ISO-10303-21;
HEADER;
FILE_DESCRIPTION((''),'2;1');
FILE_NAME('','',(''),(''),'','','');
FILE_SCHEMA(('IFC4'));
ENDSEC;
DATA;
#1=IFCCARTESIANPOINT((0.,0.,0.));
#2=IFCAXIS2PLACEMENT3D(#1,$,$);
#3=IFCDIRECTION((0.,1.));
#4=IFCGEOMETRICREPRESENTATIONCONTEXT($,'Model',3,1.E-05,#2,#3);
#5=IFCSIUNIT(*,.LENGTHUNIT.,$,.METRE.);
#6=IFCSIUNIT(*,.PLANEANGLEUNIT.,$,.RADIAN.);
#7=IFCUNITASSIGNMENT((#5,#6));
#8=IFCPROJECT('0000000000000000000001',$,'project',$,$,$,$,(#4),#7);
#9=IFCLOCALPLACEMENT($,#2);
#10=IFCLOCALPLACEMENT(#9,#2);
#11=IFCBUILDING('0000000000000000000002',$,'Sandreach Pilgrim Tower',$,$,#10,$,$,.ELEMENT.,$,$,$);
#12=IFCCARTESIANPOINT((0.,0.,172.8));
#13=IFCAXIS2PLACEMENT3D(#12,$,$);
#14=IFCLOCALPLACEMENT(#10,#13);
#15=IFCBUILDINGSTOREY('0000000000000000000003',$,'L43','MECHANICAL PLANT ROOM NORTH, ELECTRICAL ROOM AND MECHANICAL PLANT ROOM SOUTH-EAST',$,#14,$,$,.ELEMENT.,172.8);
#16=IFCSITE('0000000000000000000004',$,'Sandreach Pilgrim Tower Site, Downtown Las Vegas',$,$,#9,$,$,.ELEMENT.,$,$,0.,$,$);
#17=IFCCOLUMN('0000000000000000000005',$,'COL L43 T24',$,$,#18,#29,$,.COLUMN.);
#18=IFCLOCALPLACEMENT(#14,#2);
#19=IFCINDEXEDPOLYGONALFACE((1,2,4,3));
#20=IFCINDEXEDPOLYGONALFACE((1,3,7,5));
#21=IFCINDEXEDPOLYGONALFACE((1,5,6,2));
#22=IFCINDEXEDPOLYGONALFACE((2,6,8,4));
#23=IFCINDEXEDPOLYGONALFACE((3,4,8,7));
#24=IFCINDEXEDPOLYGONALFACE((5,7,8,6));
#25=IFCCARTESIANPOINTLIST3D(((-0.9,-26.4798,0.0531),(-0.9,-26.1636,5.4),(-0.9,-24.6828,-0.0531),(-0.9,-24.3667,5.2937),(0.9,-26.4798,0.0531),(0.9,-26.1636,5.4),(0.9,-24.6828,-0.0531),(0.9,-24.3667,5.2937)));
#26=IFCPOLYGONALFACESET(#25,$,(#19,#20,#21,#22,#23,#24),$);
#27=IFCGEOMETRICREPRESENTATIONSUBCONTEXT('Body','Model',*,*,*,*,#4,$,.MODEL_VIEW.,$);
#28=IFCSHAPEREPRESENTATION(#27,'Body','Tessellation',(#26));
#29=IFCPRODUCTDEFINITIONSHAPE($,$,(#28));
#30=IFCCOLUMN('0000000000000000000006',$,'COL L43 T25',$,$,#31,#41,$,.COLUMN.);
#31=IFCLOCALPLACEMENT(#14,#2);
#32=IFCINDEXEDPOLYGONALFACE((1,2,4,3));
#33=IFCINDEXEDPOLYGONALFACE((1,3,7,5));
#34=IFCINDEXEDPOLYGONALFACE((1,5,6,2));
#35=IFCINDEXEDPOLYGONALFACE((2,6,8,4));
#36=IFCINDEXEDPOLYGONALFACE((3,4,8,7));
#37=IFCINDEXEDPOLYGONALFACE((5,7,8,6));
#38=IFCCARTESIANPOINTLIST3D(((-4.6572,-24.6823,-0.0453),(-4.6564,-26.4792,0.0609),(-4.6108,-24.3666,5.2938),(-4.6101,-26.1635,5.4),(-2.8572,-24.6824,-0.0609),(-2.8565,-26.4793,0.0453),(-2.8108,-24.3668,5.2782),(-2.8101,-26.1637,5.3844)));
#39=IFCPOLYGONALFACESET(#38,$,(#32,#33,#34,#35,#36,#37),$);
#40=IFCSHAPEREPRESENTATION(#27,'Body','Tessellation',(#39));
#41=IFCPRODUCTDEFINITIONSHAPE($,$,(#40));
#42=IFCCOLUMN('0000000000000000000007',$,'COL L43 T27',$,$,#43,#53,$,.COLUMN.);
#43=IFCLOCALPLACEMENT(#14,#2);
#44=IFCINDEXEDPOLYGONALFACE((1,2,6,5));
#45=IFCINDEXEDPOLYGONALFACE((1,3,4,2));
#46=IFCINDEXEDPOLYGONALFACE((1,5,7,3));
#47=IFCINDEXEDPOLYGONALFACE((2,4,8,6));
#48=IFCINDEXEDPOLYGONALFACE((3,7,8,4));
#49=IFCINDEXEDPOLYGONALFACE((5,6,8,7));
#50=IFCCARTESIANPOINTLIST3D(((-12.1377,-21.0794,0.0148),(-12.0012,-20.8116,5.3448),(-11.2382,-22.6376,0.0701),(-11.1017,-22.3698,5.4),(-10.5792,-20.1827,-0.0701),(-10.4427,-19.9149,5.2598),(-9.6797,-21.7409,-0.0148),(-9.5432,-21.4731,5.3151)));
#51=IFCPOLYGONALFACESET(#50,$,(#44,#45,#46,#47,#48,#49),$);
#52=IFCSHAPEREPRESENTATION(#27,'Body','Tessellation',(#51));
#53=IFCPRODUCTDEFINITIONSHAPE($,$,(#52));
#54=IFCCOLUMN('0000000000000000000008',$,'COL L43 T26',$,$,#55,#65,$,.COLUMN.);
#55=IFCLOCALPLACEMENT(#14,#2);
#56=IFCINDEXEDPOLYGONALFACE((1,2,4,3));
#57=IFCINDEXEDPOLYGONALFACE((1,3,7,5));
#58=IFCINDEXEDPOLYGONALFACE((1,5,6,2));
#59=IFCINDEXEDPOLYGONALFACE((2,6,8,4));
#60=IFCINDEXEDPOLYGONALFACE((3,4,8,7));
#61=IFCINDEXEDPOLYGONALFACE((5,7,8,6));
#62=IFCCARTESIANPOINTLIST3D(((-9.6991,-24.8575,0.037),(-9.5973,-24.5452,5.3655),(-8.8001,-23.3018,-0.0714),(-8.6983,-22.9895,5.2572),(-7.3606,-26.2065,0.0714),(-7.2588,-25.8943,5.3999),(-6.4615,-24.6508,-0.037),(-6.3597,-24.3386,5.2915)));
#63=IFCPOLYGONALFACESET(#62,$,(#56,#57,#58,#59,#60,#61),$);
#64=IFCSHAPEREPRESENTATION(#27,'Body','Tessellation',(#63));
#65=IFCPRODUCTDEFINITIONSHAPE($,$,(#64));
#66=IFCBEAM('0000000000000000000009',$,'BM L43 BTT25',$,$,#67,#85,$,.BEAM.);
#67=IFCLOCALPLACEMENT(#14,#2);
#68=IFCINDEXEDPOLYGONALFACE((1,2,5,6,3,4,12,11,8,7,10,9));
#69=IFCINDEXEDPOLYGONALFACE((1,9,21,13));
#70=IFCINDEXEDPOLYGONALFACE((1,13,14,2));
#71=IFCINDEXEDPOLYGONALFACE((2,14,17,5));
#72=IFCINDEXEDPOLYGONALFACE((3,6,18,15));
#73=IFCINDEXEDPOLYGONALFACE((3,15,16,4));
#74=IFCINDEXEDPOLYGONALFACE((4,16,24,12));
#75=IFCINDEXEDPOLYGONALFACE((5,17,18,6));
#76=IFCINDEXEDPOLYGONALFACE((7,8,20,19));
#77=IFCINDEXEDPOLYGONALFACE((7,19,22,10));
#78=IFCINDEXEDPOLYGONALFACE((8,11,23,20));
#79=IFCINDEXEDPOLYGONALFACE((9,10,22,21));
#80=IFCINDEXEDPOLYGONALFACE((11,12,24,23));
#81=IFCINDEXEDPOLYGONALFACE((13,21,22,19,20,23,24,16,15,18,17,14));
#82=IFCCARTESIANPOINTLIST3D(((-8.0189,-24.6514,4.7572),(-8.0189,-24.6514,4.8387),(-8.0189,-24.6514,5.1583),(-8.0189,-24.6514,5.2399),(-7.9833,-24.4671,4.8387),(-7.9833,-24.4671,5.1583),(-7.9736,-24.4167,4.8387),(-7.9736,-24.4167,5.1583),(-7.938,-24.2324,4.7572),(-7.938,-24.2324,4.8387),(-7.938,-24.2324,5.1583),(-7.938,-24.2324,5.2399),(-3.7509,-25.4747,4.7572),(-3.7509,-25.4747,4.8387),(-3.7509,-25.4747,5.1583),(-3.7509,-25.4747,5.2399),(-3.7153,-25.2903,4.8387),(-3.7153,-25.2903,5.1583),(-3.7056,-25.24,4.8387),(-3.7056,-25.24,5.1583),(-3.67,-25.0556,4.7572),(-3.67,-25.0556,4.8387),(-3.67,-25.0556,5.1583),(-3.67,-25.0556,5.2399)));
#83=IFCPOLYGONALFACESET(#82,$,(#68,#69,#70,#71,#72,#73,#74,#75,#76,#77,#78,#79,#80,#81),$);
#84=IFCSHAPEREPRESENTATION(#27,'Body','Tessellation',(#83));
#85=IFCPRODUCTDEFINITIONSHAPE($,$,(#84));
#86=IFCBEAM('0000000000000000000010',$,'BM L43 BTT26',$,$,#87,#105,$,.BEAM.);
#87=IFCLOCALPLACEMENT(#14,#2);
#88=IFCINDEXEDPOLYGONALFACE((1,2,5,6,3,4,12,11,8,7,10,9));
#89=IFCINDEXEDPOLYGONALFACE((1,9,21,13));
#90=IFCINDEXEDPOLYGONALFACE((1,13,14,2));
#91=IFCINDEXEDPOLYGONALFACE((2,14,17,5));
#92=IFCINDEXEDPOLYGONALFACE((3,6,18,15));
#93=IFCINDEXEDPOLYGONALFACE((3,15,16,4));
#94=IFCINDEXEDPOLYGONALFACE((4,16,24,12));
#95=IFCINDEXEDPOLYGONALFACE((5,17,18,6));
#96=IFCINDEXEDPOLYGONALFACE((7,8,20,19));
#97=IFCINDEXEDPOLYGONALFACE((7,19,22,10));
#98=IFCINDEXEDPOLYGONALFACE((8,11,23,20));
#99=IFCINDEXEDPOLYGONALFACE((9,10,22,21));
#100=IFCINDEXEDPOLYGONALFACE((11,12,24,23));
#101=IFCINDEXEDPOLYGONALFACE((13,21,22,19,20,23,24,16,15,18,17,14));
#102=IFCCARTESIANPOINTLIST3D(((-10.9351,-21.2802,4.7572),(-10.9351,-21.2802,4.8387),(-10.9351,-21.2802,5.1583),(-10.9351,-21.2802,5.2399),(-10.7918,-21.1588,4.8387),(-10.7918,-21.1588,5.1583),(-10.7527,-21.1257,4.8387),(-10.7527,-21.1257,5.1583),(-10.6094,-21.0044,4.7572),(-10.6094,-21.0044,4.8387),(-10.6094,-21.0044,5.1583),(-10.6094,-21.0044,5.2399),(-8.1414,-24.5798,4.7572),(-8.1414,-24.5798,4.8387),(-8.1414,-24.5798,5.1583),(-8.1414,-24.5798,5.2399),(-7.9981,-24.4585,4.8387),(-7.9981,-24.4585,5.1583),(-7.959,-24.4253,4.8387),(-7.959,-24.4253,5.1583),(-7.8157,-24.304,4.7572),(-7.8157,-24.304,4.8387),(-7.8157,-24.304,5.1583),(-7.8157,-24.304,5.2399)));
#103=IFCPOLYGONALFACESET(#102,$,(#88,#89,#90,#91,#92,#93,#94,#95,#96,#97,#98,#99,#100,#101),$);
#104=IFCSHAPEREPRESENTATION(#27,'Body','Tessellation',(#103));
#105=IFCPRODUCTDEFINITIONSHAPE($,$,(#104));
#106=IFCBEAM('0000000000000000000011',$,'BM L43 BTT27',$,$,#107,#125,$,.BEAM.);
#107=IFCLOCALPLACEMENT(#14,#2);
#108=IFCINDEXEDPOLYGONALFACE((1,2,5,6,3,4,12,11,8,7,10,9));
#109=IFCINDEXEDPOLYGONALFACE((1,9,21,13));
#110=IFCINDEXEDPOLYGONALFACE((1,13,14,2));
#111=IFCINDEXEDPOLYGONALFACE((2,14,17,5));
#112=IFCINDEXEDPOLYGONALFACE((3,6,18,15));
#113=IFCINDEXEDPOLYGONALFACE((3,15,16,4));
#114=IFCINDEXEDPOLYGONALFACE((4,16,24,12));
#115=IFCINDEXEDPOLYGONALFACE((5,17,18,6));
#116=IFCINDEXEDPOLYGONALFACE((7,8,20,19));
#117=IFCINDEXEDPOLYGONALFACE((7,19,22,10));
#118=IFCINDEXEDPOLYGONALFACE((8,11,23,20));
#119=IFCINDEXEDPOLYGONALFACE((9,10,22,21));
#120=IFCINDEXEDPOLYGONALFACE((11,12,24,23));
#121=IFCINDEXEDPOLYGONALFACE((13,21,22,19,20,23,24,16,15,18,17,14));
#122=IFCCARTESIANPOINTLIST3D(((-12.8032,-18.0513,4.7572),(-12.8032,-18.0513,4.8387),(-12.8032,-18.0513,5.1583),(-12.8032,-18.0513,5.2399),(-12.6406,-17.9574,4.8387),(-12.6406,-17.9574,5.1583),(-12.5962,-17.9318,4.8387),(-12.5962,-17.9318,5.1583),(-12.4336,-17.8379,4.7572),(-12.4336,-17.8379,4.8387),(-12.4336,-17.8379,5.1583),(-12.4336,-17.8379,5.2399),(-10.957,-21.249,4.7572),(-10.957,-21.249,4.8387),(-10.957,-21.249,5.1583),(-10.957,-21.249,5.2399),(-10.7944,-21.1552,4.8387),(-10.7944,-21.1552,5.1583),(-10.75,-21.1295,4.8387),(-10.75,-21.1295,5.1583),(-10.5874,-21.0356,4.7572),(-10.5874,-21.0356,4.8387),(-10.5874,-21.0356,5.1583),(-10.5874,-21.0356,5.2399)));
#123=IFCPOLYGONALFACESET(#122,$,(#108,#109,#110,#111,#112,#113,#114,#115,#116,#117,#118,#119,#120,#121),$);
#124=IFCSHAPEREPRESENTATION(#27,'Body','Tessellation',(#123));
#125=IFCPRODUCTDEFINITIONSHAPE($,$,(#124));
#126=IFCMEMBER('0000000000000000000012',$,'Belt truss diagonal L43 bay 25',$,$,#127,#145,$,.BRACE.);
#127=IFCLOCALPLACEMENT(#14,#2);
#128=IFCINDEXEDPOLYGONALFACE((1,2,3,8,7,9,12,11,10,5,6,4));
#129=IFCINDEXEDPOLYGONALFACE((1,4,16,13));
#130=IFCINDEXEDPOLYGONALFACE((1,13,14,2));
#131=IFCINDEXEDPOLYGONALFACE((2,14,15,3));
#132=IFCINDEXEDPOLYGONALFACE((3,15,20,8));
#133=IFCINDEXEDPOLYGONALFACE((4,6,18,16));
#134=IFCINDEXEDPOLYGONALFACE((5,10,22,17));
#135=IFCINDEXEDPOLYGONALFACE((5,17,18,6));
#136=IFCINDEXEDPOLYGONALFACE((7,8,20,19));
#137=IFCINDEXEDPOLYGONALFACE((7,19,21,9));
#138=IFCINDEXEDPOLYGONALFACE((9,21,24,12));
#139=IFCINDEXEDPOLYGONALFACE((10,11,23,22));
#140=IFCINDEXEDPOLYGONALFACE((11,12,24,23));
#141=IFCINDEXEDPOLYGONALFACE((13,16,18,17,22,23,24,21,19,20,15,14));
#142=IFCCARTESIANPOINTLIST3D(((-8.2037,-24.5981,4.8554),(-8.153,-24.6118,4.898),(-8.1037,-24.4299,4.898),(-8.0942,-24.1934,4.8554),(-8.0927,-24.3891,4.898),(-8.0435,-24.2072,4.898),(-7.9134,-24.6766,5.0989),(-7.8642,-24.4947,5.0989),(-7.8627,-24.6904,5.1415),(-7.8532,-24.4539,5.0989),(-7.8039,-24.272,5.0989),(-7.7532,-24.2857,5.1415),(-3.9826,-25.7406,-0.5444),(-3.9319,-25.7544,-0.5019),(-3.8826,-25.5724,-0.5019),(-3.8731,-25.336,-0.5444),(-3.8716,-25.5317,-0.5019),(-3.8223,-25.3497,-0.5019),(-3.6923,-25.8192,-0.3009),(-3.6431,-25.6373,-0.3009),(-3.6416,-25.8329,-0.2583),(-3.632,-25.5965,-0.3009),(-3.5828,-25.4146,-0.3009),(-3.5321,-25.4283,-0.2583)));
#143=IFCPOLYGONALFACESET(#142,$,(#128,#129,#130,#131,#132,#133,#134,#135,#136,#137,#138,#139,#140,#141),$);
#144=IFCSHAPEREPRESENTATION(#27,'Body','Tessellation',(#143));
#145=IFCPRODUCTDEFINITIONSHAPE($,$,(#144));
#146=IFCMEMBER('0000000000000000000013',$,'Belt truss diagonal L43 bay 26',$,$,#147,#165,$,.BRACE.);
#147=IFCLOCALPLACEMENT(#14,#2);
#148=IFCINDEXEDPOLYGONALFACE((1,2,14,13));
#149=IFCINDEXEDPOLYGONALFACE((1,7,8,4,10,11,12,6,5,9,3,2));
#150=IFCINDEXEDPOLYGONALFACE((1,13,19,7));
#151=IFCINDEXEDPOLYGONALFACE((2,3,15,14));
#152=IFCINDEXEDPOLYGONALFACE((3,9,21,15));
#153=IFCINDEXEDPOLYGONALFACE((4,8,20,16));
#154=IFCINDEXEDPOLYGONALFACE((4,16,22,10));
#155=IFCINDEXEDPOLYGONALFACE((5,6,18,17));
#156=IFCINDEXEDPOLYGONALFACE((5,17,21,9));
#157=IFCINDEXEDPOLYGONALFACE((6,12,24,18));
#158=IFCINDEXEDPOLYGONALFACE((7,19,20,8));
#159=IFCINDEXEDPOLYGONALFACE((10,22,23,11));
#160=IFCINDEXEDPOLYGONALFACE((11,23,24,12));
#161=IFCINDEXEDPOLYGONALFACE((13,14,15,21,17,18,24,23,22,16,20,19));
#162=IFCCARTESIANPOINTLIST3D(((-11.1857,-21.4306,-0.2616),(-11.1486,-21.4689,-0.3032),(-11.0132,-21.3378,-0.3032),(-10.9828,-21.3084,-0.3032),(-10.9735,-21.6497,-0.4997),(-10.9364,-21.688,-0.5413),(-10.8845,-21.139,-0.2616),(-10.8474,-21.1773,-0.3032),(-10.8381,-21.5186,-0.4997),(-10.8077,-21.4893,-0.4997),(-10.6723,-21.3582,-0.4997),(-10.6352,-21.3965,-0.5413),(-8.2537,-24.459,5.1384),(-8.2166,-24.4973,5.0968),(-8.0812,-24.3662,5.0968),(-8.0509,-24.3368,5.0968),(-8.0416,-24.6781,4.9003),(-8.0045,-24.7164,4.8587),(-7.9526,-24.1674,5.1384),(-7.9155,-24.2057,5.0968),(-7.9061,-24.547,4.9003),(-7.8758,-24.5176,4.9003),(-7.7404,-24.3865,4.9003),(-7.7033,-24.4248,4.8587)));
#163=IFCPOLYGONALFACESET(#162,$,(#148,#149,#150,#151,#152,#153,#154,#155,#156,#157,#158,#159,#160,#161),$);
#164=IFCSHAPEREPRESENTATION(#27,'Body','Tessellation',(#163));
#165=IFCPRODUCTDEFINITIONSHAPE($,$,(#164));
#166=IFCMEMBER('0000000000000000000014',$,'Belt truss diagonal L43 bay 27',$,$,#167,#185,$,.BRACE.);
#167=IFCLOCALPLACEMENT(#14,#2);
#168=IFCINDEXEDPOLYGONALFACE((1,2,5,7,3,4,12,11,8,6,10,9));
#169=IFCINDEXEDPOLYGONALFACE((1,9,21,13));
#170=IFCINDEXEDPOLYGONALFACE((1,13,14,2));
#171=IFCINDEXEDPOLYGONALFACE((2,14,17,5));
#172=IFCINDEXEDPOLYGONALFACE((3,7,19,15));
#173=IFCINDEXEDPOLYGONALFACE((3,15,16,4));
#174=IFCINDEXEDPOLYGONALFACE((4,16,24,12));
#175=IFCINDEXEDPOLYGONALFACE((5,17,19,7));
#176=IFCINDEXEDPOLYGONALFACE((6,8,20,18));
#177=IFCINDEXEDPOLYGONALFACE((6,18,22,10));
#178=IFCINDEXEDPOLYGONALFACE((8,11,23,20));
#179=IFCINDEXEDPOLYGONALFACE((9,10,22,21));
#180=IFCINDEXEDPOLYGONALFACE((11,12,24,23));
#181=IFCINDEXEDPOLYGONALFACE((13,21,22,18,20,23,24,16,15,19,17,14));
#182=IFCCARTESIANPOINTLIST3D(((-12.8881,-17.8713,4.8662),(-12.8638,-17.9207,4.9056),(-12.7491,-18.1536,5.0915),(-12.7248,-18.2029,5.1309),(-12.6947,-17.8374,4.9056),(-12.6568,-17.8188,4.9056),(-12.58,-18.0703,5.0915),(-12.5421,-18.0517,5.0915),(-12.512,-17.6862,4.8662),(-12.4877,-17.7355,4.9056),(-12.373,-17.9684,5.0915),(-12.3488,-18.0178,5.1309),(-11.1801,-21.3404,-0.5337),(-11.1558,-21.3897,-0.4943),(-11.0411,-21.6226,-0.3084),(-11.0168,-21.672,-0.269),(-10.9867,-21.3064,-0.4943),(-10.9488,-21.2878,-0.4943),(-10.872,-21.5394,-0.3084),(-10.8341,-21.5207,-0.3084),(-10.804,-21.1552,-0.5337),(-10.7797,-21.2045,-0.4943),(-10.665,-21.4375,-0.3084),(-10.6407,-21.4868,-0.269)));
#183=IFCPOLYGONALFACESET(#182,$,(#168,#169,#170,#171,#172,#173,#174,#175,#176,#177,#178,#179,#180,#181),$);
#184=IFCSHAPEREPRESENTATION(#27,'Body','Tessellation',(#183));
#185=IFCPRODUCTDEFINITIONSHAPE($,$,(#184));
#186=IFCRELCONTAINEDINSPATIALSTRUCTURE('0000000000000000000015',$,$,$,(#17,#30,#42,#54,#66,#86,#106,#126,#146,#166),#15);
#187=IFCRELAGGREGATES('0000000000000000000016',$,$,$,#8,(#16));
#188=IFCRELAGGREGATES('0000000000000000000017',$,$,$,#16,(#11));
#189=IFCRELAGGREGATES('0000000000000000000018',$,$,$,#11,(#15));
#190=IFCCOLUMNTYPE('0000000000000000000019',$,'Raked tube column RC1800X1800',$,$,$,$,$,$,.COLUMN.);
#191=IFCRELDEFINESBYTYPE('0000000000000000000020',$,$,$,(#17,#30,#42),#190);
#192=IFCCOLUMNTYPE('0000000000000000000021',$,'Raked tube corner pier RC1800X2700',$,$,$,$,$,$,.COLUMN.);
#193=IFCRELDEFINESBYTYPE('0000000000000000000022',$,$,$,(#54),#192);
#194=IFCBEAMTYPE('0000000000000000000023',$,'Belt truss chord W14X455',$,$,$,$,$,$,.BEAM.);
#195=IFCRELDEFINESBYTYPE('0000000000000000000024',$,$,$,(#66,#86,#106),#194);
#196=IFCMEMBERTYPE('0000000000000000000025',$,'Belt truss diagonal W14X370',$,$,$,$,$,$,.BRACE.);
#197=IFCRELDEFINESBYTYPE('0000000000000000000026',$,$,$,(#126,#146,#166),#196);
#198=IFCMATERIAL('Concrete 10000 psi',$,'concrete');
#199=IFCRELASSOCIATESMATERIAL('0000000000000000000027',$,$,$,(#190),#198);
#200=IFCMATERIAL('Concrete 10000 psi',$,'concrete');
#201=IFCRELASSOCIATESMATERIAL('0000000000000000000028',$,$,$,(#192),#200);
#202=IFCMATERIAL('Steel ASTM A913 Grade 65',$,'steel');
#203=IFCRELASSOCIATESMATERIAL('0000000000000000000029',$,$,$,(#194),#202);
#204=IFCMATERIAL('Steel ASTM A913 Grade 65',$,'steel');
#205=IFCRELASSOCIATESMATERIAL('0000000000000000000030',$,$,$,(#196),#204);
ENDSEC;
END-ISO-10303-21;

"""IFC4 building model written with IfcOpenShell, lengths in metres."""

from ifc_helpers import new_model, si_unit, direction, frame, origin, origin_2d, place, context, subcontext, project, spatial, rectangle, i_section, extrude, material, material_profile, profile_set, type_object, element, save


model = new_model("IFC4")

# Units and contexts
model_context = context("Model", 3, precision=1e-05, world=origin(), true_north=direction((0.0, 1.0)))
body_context = subcontext(model_context, "Body", "Model", "MODEL_VIEW")
ifc_project = project(units=[si_unit("LENGTHUNIT", "METRE"), si_unit("PLANEANGLEUNIT", "RADIAN")], contexts=[model_context])

# Site, building, storey
site_placement = place(None, origin())
site = spatial("IfcSite", under=ifc_project, at=site_placement, Name="Sandreach Pilgrim Tower Site, Downtown Las Vegas", CompositionType="ELEMENT", RefElevation=0.0)
building_placement = place(site_placement, origin())
building = spatial("IfcBuilding", under=site, at=building_placement, Name="Sandreach Pilgrim Tower", CompositionType="ELEMENT")
storey_placement = place(building_placement, frame((0.0, 0.0, 172.8)))
storey = spatial("IfcBuildingStorey", under=building, at=storey_placement, Name="L43", Description="MECHANICAL PLANT ROOM NORTH, ELECTRICAL ROOM AND MECHANICAL PLANT ROOM SOUTH-EAST", CompositionType="ELEMENT", Elevation=172.8)

# Columns
ifc_material_1 = material(Name="Concrete 10000 psi", Category="concrete")
ifc_material_profile_1 = material_profile(ifc_material_1, rectangle(XDim=1.8, YDim=1.8, at=origin_2d()), Name="RC1800X1800")
ifc_profile_set_1 = profile_set([ifc_material_profile_1], Name="Concrete 10000 psi")
column_type_1 = type_object("IfcColumnType", Name="Raked tube column RC1800X1800", PredefinedType="COLUMN", material=ifc_profile_set_1)
column_1_placement = place(storey_placement, frame((0.0, -25.5813, 0.0), z_axis=(0.0, 0.059027, 0.998256), x_axis=(0.0, -0.998256, 0.059027)))
element("IfcColumn", 1, at=column_1_placement, inside=storey, type_object=column_type_1, Name="COL L43 T24", PredefinedType="COLUMN", context=body_context, shape_type="SweptSolid", body=[
    extrude(rectangle(XDim=1.8, YDim=1.8, at=origin_2d()), origin(), (0.0, 0.0, 1.0), 5.3562),
])
column_2_placement = place(storey_placement, frame((-3.7568, -25.5808, 0.0), z_axis=(0.008673, 0.059019, 0.998219), x_axis=(0.000428, -0.998257, 0.059018)))
element("IfcColumn", 2, at=column_2_placement, inside=storey, type_object=column_type_1, Name="COL L43 T25", PredefinedType="COLUMN", context=body_context, shape_type="SweptSolid", body=[
    extrude(rectangle(XDim=1.8, YDim=1.8, at=origin_2d()), origin(), (0.0, 0.0, 1.0), 5.3486),
])
column_3_placement = place(storey_placement, frame((-10.9087, -21.4102, 0.0), z_axis=(0.025565, 0.05017, 0.998413), x_axis=(-0.86581, -0.498142, 0.047201)))
element("IfcColumn", 3, at=column_3_placement, inside=storey, type_object=column_type_1, Name="COL L43 T27", PredefinedType="COLUMN", context=body_context, shape_type="SweptSolid", body=[
    extrude(rectangle(XDim=1.8, YDim=1.8, at=origin_2d()), origin(), (0.0, 0.0, 1.0), 5.3384),
])
ifc_material_2 = material(Name="Concrete 10000 psi", Category="concrete")
ifc_material_profile_2 = material_profile(ifc_material_2, rectangle(XDim=1.8, YDim=2.7, at=origin_2d()), Name="RC1800X2700")
ifc_profile_set_2 = profile_set([ifc_material_profile_2], Name="Concrete 10000 psi")
column_type_2 = type_object("IfcColumnType", Name="Raked tube corner pier RC1800X2700", PredefinedType="COLUMN", material=ifc_profile_set_2)
column_4_placement = place(storey_placement, frame((-8.0803, -24.7542, 0.0), z_axis=(0.019069, 0.058489, 0.998106), x_axis=(-0.499452, -0.864249, 0.060187)))
element("IfcColumn", 4, at=column_4_placement, inside=storey, type_object=column_type_2, Name="COL L43 T26", PredefinedType="COLUMN", context=body_context, shape_type="SweptSolid", body=[
    extrude(rectangle(XDim=1.8, YDim=2.7, at=origin_2d()), origin(), (0.0, 0.0, 1.0), 5.3386),
])

# Beams
ifc_material_3 = material(Name="Steel ASTM A913 Grade 65", Category="steel")
ifc_material_profile_3 = material_profile(ifc_material_3, i_section(OverallWidth=0.4268, OverallDepth=0.4827, WebThickness=0.0513, FlangeThickness=0.0815, at=origin_2d()), Name="W14X455")
ifc_profile_set_3 = profile_set([ifc_material_profile_3], Name="Steel ASTM A913 Grade 65")
beam_type_1 = type_object("IfcBeamType", Name="Belt truss chord W14X455", PredefinedType="BEAM", material=ifc_profile_set_3)
beam_1_placement = place(storey_placement, frame((-3.7104, -25.2651, 4.9985), z_axis=(-0.981901, 0.189393, 0.0), x_axis=(-0.189393, -0.981901, 0.0)))
element("IfcBeam", 5, at=beam_1_placement, inside=storey, type_object=beam_type_1, Name="BM L43 BTT25", PredefinedType="BEAM", context=body_context, shape_type="SweptSolid", body=[
    extrude(i_section(OverallWidth=0.4268, OverallDepth=0.4827, WebThickness=0.0513, FlangeThickness=0.0815, at=origin_2d()), origin(), (0.0, 0.0, 1.0), 4.3467),
])
beam_2_placement = place(storey_placement, frame((-7.9785, -24.4419, 4.9985), z_axis=(-0.64618, 0.763185, 0.0), x_axis=(-0.763185, -0.64618, 0.0)))
element("IfcBeam", 6, at=beam_2_placement, inside=storey, type_object=beam_type_1, Name="BM L43 BTT26", PredefinedType="BEAM", context=body_context, shape_type="SweptSolid", body=[
    extrude(i_section(OverallWidth=0.4268, OverallDepth=0.4827, WebThickness=0.0513, FlangeThickness=0.0815, at=origin_2d()), origin(), (0.0, 0.0, 1.0), 4.3235),
])
beam_3_placement = place(storey_placement, frame((-10.7722, -21.1423, 4.9985), z_axis=(-0.499993, 0.866029, 0.0), x_axis=(-0.866029, -0.499993, 0.0)))
element("IfcBeam", 7, at=beam_3_placement, inside=storey, type_object=beam_type_1, Name="BM L43 BTT27", PredefinedType="BEAM", context=body_context, shape_type="SweptSolid", body=[
    extrude(i_section(OverallWidth=0.4268, OverallDepth=0.4827, WebThickness=0.0513, FlangeThickness=0.0815, at=origin_2d()), origin(), (0.0, 0.0, 1.0), 3.6924),
])

# Members
ifc_material_4 = material(Name="Steel ASTM A913 Grade 65", Category="steel")
ifc_material_profile_4 = material_profile(ifc_material_4, i_section(OverallWidth=0.4192, OverallDepth=0.4546, WebThickness=0.0422, FlangeThickness=0.0676, at=origin_2d()), Name="W14X370")
ifc_profile_set_4 = profile_set([ifc_material_profile_4], Name="Steel ASTM A913 Grade 65")
member_type_1 = type_object("IfcMemberType", Name="Belt truss diagonal W14X370", PredefinedType="BRACE", material=ifc_profile_set_4)
member_1_placement = place(storey_placement, frame((-3.7573, -25.5845, -0.4014), z_axis=(-0.607489, 0.164433, 0.777122), x_axis=(-0.261275, -0.965265, 0.0)))
element("IfcMember", 8, at=member_1_placement, inside=storey, type_object=member_type_1, Name="Belt truss diagonal L43 bay 25", PredefinedType="BRACE", context=body_context, shape_type="SweptSolid", body=[
    extrude(i_section(OverallWidth=0.4192, OverallDepth=0.4546, WebThickness=0.0422, FlangeThickness=0.0676, at=origin_2d()), origin(), (0.0, 0.0, 1.0), 6.9485),
])
member_2_placement = place(storey_placement, frame((-7.9785, -24.4419, 4.9985), z_axis=(-0.427998, 0.442076, -0.788281), x_axis=(-0.718454, -0.695575, 0.0)))
element("IfcMember", 9, at=member_2_placement, inside=storey, type_object=member_type_1, Name="Belt truss diagonal L43 bay 26", PredefinedType="BRACE", context=body_context, shape_type="SweptSolid", body=[
    extrude(i_section(OverallWidth=0.4192, OverallDepth=0.4546, WebThickness=0.0422, FlangeThickness=0.0676, at=origin_2d()), origin(), (0.0, 0.0, 1.0), 6.8503),
])
member_3_placement = place(storey_placement, frame((-10.9104, -21.4136, -0.4014), z_axis=(-0.25717, 0.522317, 0.813049), x_axis=(-0.897151, -0.441725, 0.0)))
element("IfcMember", 10, at=member_3_placement, inside=storey, type_object=member_type_1, Name="Belt truss diagonal L43 bay 27", PredefinedType="BRACE", context=body_context, shape_type="SweptSolid", body=[
    extrude(i_section(OverallWidth=0.4192, OverallDepth=0.4546, WebThickness=0.0422, FlangeThickness=0.0676, at=origin_2d()), origin(), (0.0, 0.0, 1.0), 6.6416),
])

save(model, "model.ifc")
